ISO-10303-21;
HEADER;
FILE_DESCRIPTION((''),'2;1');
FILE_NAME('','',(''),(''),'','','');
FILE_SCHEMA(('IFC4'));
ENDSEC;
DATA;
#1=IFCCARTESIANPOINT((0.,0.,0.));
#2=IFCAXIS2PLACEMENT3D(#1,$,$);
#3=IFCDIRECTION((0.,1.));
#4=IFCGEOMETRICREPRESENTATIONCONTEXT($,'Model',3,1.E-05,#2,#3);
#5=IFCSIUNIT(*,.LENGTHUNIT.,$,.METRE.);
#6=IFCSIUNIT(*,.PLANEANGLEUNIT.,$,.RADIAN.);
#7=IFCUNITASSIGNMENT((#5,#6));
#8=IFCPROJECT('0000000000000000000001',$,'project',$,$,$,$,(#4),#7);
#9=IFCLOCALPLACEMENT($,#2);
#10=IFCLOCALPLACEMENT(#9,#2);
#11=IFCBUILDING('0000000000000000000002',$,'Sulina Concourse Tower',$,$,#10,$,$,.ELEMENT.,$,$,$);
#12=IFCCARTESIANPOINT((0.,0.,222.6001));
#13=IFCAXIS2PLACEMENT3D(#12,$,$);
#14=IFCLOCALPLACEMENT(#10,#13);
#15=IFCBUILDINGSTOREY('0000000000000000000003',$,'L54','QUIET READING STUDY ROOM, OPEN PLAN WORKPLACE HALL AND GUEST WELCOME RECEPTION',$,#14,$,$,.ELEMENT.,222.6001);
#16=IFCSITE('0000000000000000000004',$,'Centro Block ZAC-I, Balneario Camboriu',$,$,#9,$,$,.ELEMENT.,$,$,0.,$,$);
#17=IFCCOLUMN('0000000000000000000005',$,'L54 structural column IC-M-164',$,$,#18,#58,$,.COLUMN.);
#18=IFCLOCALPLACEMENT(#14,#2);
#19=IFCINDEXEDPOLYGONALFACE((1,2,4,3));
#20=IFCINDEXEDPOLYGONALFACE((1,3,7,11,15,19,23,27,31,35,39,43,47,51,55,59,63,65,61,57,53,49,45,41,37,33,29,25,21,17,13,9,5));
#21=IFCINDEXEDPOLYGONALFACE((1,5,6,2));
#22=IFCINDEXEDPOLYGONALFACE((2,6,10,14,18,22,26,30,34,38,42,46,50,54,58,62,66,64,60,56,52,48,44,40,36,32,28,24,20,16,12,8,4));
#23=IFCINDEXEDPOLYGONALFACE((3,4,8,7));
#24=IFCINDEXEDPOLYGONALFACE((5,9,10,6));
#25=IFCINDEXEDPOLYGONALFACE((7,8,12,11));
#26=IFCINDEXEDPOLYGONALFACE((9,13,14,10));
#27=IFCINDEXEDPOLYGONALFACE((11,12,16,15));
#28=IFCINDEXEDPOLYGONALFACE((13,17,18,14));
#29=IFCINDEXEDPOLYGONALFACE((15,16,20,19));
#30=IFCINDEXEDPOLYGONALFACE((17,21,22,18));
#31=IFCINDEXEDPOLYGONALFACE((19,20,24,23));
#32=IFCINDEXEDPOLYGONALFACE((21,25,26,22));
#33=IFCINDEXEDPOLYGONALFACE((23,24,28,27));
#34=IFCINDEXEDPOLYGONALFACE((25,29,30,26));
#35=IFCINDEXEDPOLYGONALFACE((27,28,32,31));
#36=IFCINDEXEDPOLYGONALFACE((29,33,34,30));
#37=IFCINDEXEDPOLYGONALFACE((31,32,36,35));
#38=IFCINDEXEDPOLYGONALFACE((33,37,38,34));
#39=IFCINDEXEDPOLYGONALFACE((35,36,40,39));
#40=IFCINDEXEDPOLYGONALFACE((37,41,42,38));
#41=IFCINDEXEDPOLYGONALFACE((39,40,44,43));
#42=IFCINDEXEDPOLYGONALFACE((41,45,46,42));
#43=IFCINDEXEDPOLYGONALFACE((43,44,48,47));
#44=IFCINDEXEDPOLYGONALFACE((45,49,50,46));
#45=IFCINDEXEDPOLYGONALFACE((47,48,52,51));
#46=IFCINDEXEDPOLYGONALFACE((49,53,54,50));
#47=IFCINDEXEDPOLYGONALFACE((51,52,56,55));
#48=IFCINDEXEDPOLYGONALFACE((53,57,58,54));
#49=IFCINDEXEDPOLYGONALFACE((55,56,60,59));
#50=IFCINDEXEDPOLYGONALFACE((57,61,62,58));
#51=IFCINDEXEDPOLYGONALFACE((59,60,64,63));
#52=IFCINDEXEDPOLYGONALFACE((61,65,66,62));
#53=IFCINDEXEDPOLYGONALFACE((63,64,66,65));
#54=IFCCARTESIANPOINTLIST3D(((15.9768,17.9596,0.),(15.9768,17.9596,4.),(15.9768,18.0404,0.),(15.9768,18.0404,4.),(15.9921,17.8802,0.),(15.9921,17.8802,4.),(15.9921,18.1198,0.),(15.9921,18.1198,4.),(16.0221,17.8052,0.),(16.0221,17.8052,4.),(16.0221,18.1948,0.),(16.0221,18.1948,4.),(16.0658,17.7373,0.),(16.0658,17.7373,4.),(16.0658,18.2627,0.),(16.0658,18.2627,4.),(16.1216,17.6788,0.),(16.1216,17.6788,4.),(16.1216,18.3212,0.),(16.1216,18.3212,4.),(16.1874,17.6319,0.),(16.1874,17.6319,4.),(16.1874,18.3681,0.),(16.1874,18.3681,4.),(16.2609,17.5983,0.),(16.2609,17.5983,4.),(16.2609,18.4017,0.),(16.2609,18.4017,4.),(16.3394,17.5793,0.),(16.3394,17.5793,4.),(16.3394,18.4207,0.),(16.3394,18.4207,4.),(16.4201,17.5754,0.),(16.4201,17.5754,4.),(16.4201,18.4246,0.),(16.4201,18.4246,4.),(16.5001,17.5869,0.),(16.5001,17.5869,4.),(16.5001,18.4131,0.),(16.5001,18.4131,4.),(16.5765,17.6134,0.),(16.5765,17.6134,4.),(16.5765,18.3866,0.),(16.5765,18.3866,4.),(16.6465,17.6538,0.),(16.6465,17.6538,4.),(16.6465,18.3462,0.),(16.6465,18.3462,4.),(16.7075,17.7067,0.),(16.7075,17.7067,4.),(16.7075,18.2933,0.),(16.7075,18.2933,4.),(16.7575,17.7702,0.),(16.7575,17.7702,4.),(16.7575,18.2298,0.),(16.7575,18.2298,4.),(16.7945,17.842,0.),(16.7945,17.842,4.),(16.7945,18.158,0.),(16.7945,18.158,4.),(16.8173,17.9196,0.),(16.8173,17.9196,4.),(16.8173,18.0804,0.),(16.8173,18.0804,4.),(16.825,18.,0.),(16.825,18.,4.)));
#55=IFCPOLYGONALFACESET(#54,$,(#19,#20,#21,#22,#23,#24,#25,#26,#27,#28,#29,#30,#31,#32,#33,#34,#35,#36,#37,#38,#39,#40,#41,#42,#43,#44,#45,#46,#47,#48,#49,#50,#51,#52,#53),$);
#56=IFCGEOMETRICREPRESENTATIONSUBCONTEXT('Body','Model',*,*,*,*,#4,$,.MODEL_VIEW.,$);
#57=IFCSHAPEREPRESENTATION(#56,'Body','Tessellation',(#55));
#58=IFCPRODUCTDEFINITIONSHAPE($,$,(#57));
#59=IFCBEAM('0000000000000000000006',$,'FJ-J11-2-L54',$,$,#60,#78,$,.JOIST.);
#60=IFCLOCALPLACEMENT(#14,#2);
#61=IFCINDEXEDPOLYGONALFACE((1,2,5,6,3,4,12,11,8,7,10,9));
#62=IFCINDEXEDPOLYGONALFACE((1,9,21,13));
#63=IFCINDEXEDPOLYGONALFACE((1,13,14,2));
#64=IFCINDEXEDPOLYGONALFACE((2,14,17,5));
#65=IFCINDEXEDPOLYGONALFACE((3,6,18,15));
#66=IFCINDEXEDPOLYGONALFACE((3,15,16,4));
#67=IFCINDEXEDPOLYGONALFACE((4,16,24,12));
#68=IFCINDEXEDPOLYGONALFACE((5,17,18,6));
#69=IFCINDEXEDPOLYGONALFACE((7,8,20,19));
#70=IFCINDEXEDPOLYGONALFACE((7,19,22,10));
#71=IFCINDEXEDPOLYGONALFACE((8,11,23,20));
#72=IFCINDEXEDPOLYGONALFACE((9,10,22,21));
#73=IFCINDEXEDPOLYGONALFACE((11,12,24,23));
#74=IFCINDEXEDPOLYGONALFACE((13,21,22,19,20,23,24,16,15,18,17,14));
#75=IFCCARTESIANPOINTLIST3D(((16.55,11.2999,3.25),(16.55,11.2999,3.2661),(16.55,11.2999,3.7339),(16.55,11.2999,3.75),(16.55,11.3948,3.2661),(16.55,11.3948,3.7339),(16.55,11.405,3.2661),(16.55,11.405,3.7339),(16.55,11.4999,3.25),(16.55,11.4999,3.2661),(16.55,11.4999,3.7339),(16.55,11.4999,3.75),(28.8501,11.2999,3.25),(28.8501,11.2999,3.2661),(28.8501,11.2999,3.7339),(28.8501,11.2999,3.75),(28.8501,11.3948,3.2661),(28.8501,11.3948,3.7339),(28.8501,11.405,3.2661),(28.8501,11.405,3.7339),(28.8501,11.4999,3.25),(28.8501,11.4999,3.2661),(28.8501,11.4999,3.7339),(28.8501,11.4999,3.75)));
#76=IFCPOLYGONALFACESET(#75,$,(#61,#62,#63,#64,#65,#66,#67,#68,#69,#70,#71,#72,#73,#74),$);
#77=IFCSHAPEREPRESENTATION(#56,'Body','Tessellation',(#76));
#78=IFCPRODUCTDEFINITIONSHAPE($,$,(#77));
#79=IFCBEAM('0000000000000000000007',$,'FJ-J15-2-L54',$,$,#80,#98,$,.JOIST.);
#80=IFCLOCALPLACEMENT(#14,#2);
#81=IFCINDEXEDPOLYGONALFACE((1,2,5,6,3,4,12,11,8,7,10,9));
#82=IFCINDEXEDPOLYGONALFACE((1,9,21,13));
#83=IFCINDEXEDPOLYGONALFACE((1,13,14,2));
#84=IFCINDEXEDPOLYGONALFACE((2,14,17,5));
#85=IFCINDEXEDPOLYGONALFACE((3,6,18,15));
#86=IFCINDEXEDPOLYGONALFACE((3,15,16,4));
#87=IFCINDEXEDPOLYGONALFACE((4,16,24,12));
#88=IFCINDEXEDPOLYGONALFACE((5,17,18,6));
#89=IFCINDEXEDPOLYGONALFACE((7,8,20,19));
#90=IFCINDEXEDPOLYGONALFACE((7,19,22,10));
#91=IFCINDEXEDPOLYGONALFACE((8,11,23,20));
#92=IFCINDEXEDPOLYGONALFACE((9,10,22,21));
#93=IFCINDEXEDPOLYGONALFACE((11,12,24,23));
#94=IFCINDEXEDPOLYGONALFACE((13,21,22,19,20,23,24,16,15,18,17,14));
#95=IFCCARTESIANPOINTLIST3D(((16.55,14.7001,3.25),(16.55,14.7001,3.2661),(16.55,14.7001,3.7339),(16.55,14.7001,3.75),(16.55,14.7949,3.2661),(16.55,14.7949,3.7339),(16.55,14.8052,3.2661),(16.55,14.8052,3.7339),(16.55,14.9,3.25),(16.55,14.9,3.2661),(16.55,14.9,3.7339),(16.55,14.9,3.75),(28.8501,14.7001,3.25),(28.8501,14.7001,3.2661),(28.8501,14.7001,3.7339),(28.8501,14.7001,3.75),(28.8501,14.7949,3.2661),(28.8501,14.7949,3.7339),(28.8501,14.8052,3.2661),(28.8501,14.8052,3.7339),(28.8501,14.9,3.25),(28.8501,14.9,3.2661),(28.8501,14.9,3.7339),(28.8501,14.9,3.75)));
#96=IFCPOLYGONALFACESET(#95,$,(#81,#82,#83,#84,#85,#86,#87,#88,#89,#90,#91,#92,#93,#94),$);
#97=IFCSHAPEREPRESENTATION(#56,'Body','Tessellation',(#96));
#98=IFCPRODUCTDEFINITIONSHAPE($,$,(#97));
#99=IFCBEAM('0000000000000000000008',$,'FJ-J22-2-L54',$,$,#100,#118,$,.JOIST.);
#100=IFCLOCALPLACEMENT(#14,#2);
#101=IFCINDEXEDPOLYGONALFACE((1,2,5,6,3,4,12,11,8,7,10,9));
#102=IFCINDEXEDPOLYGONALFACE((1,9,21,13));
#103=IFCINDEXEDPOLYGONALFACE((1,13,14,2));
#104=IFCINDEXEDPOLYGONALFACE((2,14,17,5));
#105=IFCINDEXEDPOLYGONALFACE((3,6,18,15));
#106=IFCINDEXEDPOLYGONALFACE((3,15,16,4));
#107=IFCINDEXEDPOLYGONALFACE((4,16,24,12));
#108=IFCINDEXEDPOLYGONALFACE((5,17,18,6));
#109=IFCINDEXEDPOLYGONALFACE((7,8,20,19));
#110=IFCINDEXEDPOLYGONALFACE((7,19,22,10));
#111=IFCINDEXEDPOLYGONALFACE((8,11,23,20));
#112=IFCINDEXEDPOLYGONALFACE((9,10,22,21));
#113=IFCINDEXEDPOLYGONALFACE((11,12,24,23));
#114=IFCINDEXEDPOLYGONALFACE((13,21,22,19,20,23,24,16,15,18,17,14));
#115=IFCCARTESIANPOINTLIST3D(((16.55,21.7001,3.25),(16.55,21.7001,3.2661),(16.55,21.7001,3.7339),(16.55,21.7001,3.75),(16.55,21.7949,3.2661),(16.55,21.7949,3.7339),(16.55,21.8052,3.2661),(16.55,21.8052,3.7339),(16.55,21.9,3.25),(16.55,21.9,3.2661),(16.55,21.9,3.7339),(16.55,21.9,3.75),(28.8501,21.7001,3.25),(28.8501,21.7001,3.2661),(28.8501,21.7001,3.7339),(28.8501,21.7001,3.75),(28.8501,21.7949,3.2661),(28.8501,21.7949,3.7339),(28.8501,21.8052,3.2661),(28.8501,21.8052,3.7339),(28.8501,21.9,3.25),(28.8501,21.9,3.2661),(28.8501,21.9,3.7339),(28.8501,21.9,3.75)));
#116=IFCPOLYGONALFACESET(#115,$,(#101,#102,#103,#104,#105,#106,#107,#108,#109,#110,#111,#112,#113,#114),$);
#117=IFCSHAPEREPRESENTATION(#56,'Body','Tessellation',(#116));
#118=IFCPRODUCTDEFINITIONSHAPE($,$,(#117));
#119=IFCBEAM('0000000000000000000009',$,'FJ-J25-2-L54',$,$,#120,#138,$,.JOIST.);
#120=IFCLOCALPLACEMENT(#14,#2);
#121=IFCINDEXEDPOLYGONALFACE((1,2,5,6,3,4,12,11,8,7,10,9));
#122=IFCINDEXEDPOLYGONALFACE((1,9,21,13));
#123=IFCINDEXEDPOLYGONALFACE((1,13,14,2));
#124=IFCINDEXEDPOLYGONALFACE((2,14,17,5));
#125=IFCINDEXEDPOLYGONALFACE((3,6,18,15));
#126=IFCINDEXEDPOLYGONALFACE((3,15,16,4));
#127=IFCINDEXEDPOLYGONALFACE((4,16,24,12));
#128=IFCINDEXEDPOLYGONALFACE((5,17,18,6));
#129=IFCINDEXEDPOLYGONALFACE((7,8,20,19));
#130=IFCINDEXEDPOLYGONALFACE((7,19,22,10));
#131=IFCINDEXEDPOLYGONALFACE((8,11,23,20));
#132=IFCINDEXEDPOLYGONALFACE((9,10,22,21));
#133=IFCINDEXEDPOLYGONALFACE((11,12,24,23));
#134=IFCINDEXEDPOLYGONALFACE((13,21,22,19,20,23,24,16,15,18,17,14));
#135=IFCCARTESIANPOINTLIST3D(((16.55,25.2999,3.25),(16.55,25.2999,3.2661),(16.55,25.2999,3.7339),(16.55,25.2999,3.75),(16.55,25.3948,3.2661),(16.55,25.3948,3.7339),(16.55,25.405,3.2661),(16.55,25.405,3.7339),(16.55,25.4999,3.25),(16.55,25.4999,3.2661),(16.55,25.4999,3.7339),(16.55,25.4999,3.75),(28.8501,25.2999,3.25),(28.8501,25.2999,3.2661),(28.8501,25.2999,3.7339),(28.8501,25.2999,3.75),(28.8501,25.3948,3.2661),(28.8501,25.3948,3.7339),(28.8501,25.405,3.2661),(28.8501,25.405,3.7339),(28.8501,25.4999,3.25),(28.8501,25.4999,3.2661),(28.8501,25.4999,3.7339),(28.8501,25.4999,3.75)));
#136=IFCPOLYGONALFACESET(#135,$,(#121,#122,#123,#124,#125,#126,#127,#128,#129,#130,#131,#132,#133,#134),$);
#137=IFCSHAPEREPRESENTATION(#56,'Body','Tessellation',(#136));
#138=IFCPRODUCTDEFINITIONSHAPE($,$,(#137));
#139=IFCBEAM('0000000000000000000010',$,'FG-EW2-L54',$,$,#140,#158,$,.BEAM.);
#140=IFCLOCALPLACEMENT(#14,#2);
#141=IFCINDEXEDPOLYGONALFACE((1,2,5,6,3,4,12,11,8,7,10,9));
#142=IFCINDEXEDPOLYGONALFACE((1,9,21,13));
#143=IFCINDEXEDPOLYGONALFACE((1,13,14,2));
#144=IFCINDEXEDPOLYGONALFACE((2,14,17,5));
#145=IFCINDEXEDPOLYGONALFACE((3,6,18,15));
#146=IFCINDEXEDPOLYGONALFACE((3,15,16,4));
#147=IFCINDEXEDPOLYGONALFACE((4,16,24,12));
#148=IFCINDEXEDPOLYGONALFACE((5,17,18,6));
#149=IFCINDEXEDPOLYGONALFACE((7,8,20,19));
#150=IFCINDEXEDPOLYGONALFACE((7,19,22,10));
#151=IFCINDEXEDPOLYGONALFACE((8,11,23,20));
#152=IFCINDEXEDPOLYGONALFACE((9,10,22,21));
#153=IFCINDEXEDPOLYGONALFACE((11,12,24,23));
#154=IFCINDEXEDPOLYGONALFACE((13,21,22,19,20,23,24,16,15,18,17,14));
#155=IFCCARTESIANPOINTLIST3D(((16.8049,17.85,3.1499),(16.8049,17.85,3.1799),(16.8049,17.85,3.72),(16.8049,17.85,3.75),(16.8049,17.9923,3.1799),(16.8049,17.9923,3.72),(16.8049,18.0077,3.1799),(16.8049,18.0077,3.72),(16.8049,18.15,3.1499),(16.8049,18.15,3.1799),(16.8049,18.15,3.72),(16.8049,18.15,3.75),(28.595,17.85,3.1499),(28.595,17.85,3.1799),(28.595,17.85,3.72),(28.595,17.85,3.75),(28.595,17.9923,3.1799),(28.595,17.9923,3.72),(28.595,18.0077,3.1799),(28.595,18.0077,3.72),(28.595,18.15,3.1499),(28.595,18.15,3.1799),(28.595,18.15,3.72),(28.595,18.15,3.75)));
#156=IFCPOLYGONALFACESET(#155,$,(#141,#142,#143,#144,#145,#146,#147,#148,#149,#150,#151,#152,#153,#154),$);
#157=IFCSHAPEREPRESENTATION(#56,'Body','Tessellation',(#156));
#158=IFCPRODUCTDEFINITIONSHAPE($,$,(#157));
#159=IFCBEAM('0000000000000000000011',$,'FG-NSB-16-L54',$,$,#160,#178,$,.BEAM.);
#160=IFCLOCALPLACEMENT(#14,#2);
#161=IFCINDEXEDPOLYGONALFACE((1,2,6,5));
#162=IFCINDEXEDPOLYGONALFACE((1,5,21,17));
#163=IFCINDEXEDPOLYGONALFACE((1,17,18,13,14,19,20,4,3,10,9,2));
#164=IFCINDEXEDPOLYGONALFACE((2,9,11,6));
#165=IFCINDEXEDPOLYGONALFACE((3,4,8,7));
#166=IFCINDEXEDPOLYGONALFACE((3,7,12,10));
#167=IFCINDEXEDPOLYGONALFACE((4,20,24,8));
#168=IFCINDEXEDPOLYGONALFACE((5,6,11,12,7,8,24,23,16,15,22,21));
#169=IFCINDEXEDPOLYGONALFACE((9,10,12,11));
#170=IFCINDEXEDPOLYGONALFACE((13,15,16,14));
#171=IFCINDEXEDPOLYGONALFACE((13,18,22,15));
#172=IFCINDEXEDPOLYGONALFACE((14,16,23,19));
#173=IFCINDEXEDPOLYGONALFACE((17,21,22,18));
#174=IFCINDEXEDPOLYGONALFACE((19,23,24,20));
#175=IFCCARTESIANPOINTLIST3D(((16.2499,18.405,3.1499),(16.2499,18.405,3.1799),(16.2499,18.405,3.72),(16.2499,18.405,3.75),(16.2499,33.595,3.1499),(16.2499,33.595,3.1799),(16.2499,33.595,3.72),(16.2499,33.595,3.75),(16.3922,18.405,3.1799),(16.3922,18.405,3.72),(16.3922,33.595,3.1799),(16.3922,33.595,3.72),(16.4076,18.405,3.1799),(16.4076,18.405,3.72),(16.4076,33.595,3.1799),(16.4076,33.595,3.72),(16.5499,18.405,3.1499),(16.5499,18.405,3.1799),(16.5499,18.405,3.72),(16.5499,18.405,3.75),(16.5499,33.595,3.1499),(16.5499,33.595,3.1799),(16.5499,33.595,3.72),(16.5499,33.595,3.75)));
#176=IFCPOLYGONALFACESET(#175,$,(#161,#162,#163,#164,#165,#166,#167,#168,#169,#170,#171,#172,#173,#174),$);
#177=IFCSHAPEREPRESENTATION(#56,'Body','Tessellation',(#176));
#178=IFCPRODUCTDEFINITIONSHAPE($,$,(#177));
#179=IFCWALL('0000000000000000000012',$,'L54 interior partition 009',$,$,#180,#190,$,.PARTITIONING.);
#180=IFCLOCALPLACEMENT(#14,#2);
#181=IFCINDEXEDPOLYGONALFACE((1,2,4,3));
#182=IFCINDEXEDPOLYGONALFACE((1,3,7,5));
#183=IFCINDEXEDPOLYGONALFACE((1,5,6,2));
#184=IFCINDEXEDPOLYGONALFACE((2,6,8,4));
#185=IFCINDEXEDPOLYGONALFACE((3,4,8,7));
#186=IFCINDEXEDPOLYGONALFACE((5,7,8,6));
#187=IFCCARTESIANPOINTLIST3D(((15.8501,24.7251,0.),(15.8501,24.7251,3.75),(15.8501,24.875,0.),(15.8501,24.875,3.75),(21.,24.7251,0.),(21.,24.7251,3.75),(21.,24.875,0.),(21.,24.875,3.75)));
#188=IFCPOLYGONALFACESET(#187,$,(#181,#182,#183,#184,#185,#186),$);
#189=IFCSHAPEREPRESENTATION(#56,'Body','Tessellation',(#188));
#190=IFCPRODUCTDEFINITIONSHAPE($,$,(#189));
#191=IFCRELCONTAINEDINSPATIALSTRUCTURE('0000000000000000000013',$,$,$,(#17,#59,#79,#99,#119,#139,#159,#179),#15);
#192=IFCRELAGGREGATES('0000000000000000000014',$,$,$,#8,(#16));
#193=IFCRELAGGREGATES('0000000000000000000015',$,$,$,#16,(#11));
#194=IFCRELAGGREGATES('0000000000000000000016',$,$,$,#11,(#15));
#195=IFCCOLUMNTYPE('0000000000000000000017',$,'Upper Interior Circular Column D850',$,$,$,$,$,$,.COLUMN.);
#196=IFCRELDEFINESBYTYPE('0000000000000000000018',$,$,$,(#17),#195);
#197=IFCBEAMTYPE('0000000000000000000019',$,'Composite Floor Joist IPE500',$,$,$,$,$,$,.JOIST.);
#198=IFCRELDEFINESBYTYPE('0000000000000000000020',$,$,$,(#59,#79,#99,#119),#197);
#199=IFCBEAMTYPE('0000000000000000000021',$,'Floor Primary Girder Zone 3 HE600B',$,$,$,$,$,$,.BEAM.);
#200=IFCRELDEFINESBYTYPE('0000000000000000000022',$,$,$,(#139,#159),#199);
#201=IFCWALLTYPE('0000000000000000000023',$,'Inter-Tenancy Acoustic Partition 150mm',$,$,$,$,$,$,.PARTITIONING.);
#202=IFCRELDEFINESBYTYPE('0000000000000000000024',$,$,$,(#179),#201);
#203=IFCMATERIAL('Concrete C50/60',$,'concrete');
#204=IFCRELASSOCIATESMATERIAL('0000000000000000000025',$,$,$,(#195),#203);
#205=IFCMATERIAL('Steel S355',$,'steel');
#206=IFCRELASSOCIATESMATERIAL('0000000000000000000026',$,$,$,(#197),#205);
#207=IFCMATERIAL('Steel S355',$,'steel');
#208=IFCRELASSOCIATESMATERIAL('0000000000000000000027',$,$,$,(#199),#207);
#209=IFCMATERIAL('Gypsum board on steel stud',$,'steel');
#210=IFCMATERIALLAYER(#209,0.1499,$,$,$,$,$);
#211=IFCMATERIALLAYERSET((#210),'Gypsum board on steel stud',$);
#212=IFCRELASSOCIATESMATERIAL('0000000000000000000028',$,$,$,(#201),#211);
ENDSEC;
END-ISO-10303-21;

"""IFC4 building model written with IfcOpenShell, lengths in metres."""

from ifc_helpers import new_model, si_unit, direction, frame, frame_2d, origin, origin_2d, place, context, subcontext, project, spatial, rectangle, circle, i_section, extrude, material, layer, layer_set, material_profile, profile_set, type_object, element, save


model = new_model("IFC4")

# Units and contexts
model_context = context("Model", 3, precision=1e-05, world=origin(), true_north=direction((0.0, 1.0)))
body_context = subcontext(model_context, "Body", "Model", "MODEL_VIEW")
ifc_project = project(units=[si_unit("LENGTHUNIT", "METRE"), si_unit("PLANEANGLEUNIT", "RADIAN")], contexts=[model_context])

# Site, building, storey
site_placement = place(None, origin())
site = spatial("IfcSite", under=ifc_project, at=site_placement, Name="Centro Block ZAC-I, Balneario Camboriu", CompositionType="ELEMENT", RefElevation=0.0)
building_placement = place(site_placement, origin())
building = spatial("IfcBuilding", under=site, at=building_placement, Name="Sulina Concourse Tower", CompositionType="ELEMENT")
storey_placement = place(building_placement, frame((0.0, 0.0, 222.6001)))
storey = spatial("IfcBuildingStorey", under=building, at=storey_placement, Name="L54", Description="QUIET READING STUDY ROOM, OPEN PLAN WORKPLACE HALL AND GUEST WELCOME RECEPTION", CompositionType="ELEMENT", Elevation=222.6001)

# Column
ifc_material_1 = material(Name="Concrete C50/60", Category="concrete")
ifc_material_profile_1 = material_profile(ifc_material_1, circle(Radius=0.425, at=origin_2d()), Name="RC D850")
ifc_profile_set_1 = profile_set([ifc_material_profile_1], Name="Concrete C50/60")
column_type = type_object("IfcColumnType", Name="Upper Interior Circular Column D850", PredefinedType="COLUMN", material=ifc_profile_set_1)
column_placement = place(storey_placement, frame((16.3999, 18.0, 0.0), z_axis=(0.0, 0.0, 1.0), x_axis=(1.0, 0.0, 0.0)))
element("IfcColumn", 1, at=column_placement, inside=storey, type_object=column_type, Name="L54 structural column IC-M-164", PredefinedType="COLUMN", context=body_context, shape_type="SweptSolid", body=[
    extrude(circle(Radius=0.425, at=origin_2d()), origin(), (0.0, 0.0, 1.0), 4.0),
])

# Beams
ifc_material_2 = material(Name="Steel S355", Category="steel")
ifc_material_profile_2 = material_profile(ifc_material_2, i_section(OverallWidth=0.2, OverallDepth=0.5, WebThickness=0.0103, FlangeThickness=0.0161, at=origin_2d()), Name="IPE 500")
ifc_profile_set_2 = profile_set([ifc_material_profile_2], Name="Steel S355")
beam_type_1 = type_object("IfcBeamType", Name="Composite Floor Joist IPE500", PredefinedType="JOIST", material=ifc_profile_set_2)
for number, where, z_axis, x_axis, name in (
    (2, (16.55, 11.3999, 3.5), (1.0, 0.0, 0.0), (0.0, 1.0, 0.0), "FJ-J11-2-L54"),
    (3, (16.55, 14.8, 3.5), (1.0, 0.0, 0.0), (0.0, 1.0, 0.0), "FJ-J15-2-L54"),
    (4, (16.55, 21.8, 3.5), (1.0, 0.0, 0.0), (0.0, 1.0, 0.0), "FJ-J22-2-L54"),
    (5, (16.55, 25.3999, 3.5), (1.0, 0.0, 0.0), (0.0, 1.0, 0.0), "FJ-J25-2-L54"),
):
    element("IfcBeam", number, at=place(storey_placement, frame(where, z_axis=z_axis, x_axis=x_axis)), inside=storey, type_object=beam_type_1, Name=name, PredefinedType="JOIST", context=body_context, shape_type="SweptSolid", body=[
        extrude(i_section(OverallWidth=0.2, OverallDepth=0.5, WebThickness=0.0103, FlangeThickness=0.0161, at=origin_2d()), origin(), (0.0, 0.0, 1.0), 12.3),
    ])
ifc_material_3 = material(Name="Steel S355", Category="steel")
ifc_material_profile_3 = material_profile(ifc_material_3, i_section(OverallWidth=0.3, OverallDepth=0.6001, WebThickness=0.0154, FlangeThickness=0.03, at=origin_2d()), Name="HE 600 B")
ifc_profile_set_3 = profile_set([ifc_material_profile_3], Name="Steel S355")
beam_type_2 = type_object("IfcBeamType", Name="Floor Primary Girder Zone 3 HE600B", PredefinedType="BEAM", material=ifc_profile_set_3)
beam_1_placement = place(storey_placement, frame((16.8049, 18.0, 3.45), z_axis=(1.0, 0.0, 0.0), x_axis=(0.0, 1.0, 0.0)))
element("IfcBeam", 6, at=beam_1_placement, inside=storey, type_object=beam_type_2, Name="FG-EW2-L54", PredefinedType="BEAM", context=body_context, shape_type="SweptSolid", body=[
    extrude(i_section(OverallWidth=0.3, OverallDepth=0.6001, WebThickness=0.0154, FlangeThickness=0.03, at=origin_2d()), origin(), (0.0, 0.0, 1.0), 11.79),
])
beam_2_placement = place(storey_placement, frame((16.3999, 18.405, 3.45), z_axis=(0.0, 1.0, 0.0), x_axis=(-1.0, 0.0, 0.0)))
element("IfcBeam", 7, at=beam_2_placement, inside=storey, type_object=beam_type_2, Name="FG-NSB-16-L54", PredefinedType="BEAM", context=body_context, shape_type="SweptSolid", body=[
    extrude(i_section(OverallWidth=0.3, OverallDepth=0.6001, WebThickness=0.0154, FlangeThickness=0.03, at=origin_2d()), origin(), (0.0, 0.0, 1.0), 15.1899),
])

# Wall
ifc_material_4 = material(Name="Gypsum board on steel stud", Category="steel")
ifc_layer_1 = layer(ifc_material_4, 0.1499)
ifc_layer_set_1 = layer_set([ifc_layer_1], Name="Gypsum board on steel stud")
wall_type_1 = type_object("IfcWallType", Name="Inter-Tenancy Acoustic Partition 150mm", PredefinedType="PARTITIONING", material=ifc_layer_set_1)
wall_1_placement = place(storey_placement, frame((15.8501, 24.8, 0.0), z_axis=(0.0, 0.0, 1.0), x_axis=(1.0, 0.0, 0.0)))
element("IfcWall", 8, at=wall_1_placement, inside=storey, type_object=wall_type_1, Name="L54 interior partition 009", PredefinedType="PARTITIONING", context=body_context, shape_type="SweptSolid", body=[
    extrude(rectangle(XDim=5.1499, YDim=0.1499, at=frame_2d((2.575, 0.0))), origin(), (0.0, 0.0, 1.0), 3.75),
])

save(model, "model.ifc")
